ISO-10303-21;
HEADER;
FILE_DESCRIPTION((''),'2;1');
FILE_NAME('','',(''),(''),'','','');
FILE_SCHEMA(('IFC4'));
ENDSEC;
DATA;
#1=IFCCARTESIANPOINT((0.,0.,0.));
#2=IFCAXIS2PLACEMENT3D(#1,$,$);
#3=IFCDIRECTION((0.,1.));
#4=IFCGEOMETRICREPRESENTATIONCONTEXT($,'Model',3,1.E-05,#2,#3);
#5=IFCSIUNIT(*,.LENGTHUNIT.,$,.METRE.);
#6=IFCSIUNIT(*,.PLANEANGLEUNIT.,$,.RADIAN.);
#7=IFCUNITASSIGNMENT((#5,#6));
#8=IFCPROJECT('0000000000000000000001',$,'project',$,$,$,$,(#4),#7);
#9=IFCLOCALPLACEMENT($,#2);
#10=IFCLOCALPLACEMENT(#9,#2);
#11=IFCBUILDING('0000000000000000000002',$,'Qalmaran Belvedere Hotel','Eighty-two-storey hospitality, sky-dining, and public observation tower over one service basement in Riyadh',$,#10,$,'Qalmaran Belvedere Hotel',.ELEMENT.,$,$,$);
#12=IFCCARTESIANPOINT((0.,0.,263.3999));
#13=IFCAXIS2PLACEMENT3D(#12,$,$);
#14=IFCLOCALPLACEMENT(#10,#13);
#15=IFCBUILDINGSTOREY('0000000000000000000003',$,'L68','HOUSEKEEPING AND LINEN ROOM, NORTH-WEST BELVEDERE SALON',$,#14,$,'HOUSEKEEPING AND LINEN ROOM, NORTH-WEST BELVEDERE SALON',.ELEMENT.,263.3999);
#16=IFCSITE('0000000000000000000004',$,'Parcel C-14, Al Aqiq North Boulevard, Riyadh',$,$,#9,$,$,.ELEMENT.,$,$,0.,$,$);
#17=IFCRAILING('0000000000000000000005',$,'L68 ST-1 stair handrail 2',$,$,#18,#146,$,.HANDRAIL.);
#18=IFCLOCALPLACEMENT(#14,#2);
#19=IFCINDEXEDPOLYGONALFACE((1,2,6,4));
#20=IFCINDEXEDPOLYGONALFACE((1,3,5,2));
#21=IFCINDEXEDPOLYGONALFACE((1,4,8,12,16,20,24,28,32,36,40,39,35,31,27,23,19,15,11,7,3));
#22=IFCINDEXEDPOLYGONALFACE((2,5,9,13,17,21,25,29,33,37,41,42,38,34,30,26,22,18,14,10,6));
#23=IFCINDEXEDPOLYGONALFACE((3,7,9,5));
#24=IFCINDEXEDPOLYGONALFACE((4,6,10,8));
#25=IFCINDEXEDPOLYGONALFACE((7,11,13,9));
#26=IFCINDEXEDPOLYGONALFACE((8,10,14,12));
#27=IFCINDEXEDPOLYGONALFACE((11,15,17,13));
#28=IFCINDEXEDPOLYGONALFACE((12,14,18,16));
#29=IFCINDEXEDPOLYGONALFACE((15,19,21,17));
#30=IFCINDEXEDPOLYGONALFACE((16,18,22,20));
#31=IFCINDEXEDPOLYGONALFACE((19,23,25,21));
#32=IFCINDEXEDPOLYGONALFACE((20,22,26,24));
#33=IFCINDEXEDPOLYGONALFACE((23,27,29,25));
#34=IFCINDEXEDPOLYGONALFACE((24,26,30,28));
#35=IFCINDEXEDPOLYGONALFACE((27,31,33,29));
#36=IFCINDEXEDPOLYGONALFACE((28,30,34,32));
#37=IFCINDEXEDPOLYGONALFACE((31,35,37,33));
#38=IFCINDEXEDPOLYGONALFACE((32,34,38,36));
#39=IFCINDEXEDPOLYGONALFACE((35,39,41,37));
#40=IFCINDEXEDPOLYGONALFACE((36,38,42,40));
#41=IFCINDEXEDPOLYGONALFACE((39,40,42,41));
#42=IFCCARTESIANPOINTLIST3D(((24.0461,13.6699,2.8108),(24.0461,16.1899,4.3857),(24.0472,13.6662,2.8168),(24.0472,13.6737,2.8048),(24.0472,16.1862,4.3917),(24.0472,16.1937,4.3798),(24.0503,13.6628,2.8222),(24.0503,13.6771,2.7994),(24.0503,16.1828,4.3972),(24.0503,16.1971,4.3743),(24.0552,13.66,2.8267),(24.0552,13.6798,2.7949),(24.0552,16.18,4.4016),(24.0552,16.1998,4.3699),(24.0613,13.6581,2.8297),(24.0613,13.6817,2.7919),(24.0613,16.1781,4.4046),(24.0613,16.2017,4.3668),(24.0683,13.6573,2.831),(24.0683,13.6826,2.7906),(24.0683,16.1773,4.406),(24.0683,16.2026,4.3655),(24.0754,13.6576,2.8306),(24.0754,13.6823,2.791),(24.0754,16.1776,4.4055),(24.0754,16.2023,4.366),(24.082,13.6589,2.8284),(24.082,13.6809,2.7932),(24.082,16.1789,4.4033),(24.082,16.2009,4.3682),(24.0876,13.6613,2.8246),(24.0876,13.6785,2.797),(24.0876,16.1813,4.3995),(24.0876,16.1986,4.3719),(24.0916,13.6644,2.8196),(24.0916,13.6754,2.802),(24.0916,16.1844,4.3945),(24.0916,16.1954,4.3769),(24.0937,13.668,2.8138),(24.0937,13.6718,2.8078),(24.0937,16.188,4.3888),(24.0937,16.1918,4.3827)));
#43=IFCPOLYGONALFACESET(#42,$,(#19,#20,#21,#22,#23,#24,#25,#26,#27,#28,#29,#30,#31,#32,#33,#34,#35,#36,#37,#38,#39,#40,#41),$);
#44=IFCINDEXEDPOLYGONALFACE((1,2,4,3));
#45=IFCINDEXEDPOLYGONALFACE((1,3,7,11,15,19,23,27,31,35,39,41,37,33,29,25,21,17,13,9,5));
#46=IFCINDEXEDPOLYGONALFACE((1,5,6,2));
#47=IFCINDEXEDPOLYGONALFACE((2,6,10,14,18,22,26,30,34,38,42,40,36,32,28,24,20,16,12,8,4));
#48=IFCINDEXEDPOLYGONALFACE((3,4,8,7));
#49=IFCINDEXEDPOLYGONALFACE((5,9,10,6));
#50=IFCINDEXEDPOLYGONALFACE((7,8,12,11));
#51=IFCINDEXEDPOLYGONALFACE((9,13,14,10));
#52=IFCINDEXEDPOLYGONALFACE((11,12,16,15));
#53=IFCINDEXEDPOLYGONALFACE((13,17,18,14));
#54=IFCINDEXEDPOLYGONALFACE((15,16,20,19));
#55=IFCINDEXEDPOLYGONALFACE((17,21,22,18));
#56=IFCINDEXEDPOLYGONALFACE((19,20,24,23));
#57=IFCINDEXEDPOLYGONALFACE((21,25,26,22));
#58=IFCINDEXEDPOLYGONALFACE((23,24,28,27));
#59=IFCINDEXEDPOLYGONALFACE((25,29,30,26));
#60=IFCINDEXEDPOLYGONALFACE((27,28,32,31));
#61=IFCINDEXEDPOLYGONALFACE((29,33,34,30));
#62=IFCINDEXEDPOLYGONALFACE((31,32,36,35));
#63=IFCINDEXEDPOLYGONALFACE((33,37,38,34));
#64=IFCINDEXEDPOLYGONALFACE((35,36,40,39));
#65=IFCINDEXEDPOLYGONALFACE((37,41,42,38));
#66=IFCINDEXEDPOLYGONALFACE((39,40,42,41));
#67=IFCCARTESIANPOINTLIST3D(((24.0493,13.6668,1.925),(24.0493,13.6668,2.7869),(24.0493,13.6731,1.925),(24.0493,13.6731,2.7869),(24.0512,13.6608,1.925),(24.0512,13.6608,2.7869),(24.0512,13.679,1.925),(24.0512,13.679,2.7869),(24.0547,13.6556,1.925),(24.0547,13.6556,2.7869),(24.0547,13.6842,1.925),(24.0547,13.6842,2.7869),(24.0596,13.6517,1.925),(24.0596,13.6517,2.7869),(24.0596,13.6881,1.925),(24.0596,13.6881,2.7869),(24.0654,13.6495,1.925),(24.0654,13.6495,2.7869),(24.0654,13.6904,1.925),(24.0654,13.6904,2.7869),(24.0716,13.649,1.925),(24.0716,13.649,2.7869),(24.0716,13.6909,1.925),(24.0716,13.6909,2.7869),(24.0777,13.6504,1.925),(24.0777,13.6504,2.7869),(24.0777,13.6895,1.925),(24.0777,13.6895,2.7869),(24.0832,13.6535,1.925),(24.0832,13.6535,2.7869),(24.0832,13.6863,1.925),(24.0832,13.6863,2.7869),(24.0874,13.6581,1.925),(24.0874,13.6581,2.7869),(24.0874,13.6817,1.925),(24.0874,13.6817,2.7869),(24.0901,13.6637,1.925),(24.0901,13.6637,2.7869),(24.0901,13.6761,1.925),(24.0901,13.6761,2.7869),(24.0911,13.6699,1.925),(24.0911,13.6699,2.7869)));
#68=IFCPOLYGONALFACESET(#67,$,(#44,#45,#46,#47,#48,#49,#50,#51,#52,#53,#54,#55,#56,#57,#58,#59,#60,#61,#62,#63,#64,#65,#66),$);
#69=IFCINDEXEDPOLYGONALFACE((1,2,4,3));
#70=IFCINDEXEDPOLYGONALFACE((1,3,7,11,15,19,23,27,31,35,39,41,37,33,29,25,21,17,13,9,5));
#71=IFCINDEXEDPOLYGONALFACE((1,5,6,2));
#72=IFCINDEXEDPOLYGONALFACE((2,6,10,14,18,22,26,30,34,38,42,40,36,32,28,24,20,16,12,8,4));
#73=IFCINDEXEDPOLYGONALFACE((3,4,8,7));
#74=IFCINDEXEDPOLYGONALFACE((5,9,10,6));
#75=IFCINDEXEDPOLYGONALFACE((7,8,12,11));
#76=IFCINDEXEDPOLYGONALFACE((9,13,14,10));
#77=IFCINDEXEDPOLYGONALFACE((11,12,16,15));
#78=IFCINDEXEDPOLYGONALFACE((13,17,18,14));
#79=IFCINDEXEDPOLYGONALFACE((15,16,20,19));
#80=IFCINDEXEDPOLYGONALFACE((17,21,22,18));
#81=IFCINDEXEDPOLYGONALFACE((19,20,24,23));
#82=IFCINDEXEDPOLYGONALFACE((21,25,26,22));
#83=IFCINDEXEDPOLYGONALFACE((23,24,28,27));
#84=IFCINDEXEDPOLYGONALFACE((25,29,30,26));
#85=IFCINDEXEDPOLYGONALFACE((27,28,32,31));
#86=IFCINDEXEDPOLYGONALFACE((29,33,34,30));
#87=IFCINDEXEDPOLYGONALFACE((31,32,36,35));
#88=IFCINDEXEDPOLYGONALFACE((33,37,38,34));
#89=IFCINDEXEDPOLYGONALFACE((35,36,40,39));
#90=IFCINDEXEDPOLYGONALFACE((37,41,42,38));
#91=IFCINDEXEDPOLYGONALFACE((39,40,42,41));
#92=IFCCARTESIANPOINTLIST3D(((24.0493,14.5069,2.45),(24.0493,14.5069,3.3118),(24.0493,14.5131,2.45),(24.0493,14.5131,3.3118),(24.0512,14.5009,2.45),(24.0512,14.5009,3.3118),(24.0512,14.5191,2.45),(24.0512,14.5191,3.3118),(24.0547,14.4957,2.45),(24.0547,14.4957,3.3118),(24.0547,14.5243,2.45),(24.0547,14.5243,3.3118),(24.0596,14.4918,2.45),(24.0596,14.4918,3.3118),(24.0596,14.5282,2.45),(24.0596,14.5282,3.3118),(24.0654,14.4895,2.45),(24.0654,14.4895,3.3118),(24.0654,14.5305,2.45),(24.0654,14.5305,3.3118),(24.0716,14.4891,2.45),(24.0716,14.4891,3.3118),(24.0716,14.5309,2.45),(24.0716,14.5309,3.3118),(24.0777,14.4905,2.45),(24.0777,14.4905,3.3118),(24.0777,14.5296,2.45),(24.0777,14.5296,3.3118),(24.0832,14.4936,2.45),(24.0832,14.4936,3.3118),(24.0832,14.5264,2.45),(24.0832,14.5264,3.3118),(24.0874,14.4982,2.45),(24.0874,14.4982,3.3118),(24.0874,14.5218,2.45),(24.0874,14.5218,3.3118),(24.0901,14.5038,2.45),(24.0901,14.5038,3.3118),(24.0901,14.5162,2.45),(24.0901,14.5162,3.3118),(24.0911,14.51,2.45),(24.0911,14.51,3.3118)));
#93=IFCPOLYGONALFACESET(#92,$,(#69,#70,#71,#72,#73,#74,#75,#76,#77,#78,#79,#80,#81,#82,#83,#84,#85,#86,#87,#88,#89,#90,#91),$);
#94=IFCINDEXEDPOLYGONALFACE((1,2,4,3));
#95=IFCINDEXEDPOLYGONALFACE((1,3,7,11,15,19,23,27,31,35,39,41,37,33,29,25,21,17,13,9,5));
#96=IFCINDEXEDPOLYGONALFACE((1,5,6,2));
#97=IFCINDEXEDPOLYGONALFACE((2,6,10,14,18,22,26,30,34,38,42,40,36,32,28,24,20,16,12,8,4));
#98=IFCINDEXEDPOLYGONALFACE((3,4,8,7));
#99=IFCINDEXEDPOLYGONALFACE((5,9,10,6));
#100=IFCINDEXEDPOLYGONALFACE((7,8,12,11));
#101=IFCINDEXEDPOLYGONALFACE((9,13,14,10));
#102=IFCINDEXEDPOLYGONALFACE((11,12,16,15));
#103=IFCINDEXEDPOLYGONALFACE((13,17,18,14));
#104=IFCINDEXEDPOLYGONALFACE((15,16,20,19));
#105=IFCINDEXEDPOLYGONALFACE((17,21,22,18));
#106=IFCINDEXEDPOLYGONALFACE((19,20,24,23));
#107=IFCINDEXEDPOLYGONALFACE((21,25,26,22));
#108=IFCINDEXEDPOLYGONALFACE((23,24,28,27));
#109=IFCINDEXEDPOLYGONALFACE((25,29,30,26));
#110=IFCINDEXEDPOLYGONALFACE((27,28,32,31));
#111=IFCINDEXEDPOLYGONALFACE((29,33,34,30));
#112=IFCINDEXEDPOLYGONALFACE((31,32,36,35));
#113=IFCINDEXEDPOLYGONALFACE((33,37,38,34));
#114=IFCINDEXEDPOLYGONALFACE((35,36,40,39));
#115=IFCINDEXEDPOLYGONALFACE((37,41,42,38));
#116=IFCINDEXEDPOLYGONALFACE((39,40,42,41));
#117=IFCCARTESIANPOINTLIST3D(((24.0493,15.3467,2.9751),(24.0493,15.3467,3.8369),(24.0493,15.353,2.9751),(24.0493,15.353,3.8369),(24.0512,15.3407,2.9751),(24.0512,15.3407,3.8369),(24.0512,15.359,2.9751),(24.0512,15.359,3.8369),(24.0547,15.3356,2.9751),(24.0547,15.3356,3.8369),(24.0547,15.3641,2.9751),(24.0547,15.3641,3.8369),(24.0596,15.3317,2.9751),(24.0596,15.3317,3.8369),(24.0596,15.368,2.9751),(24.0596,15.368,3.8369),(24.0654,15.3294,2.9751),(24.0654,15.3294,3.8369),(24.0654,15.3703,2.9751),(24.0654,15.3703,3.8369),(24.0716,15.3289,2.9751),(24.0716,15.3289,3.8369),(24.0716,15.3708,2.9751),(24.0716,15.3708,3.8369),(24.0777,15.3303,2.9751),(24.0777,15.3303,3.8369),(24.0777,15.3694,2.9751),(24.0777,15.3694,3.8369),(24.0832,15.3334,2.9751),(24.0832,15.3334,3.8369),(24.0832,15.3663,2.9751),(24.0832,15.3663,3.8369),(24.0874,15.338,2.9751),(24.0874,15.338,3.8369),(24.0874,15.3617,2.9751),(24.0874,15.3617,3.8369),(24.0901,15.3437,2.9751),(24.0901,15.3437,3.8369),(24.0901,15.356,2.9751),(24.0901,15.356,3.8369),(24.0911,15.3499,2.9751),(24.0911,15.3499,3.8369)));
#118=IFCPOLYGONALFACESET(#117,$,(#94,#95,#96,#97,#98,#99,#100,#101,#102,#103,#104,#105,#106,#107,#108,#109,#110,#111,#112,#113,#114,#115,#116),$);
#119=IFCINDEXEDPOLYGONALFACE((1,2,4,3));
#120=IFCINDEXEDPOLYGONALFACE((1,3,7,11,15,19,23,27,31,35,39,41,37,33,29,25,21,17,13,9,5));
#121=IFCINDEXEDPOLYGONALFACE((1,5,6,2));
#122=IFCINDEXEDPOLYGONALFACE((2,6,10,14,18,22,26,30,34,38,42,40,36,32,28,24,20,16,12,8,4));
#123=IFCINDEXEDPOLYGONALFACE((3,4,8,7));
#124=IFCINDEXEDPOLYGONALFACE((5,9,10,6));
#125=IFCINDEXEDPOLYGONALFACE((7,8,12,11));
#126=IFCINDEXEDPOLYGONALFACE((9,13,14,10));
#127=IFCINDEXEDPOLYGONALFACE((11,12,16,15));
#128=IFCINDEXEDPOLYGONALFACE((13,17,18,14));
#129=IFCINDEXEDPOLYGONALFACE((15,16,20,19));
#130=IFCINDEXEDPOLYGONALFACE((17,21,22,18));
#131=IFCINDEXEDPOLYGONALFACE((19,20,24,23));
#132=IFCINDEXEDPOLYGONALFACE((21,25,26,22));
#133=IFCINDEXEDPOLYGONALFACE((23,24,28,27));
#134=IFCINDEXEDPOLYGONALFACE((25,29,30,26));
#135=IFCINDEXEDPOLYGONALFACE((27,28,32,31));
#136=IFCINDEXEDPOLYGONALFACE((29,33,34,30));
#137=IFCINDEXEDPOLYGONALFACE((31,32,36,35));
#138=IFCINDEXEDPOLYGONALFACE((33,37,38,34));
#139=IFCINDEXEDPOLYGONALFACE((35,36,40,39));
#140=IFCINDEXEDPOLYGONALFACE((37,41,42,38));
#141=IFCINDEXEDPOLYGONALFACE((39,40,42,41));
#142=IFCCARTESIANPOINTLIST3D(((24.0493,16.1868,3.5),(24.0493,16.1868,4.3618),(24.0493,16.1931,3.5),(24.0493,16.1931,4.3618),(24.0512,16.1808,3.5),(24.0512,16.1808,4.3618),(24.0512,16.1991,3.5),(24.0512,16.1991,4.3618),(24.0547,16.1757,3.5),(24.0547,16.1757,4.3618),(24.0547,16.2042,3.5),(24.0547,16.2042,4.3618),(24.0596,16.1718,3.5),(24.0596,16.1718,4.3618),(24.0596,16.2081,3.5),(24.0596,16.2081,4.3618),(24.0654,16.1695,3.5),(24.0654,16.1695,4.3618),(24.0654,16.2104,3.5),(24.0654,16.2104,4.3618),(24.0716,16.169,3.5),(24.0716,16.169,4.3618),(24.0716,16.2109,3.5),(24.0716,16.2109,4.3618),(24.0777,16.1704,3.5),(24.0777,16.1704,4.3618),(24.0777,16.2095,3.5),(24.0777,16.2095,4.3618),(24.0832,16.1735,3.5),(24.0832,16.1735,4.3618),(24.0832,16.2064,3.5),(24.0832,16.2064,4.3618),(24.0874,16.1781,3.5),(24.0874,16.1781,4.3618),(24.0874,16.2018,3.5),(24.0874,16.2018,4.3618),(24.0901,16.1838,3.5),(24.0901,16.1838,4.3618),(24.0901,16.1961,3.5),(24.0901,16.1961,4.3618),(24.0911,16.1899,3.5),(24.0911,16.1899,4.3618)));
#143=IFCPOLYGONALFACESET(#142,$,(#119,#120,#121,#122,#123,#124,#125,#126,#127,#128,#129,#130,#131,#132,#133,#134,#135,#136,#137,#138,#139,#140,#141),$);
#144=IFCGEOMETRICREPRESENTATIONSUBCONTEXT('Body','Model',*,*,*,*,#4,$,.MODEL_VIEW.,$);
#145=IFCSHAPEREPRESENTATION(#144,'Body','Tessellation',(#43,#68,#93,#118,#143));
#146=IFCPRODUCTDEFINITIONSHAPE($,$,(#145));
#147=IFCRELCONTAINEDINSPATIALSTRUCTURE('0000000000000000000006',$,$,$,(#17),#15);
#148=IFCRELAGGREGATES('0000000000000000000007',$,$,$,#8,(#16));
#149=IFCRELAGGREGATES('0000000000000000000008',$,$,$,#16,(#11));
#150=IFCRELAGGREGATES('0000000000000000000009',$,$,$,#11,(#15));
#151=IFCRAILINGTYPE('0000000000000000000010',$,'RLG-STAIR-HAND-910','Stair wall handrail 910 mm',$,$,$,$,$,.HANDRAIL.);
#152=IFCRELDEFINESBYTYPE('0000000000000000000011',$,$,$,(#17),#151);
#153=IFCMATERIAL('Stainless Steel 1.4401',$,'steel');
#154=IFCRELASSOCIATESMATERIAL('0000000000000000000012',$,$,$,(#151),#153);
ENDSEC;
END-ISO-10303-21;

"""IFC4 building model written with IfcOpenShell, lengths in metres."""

from ifc_helpers import new_model, si_unit, direction, frame, origin, origin_2d, place, context, subcontext, project, spatial, circle, extrude, material, type_object, element, save


model = new_model("IFC4")

# Units and contexts
model_context = context("Model", 3, precision=1e-05, world=origin(), true_north=direction((0.0, 1.0)))
body_context = subcontext(model_context, "Body", "Model", "MODEL_VIEW")
ifc_project = project(units=[si_unit("LENGTHUNIT", "METRE"), si_unit("PLANEANGLEUNIT", "RADIAN")], contexts=[model_context])

# Site, building, storey
site_placement = place(None, origin())
site = spatial("IfcSite", under=ifc_project, at=site_placement, Name="Parcel C-14, Al Aqiq North Boulevard, Riyadh", CompositionType="ELEMENT", RefElevation=0.0)
building_placement = place(site_placement, origin())
building = spatial("IfcBuilding", under=site, at=building_placement, Name="Qalmaran Belvedere Hotel", Description="Eighty-two-storey hospitality, sky-dining, and public observation tower over one service basement in Riyadh", LongName="Qalmaran Belvedere Hotel", CompositionType="ELEMENT")
storey_placement = place(building_placement, frame((0.0, 0.0, 263.3999)))
storey = spatial("IfcBuildingStorey", under=building, at=storey_placement, Name="L68", Description="HOUSEKEEPING AND LINEN ROOM, NORTH-WEST BELVEDERE SALON", LongName="HOUSEKEEPING AND LINEN ROOM, NORTH-WEST BELVEDERE SALON", CompositionType="ELEMENT", Elevation=263.3999)

# Railing
ifc_material_1 = material(Name="Stainless Steel 1.4401", Category="steel")
railing_type_1 = type_object("IfcRailingType", Name="RLG-STAIR-HAND-910", Description="Stair wall handrail 910 mm", PredefinedType="HANDRAIL", material=ifc_material_1)
railing_1_placement = place(storey_placement, frame((24.0701, 13.6699, 1.925)))
element("IfcRailing", 1, at=railing_1_placement, inside=storey, type_object=railing_type_1, Name="L68 ST-1 stair handrail 2", PredefinedType="HANDRAIL", context=body_context, shape_type="SweptSolid", body=[
    extrude(circle(Radius=0.0239, at=origin_2d()), frame((0.0, 0.0, 0.8857), z_axis=(0.0, 0.848008, 0.529984), x_axis=(-1.0, 0.0, 0.0)), (0.0, 0.0, 1.0), 2.9717),
    extrude(circle(Radius=0.021, at=origin_2d()), origin(), (0.0, 0.0, 1.0), 0.8618),
    extrude(circle(Radius=0.021, at=origin_2d()), frame((0.0, 0.8401, 0.5249)), (0.0, 0.0, 1.0), 0.8618),
    extrude(circle(Radius=0.021, at=origin_2d()), frame((0.0, 1.6799, 1.05)), (0.0, 0.0, 1.0), 0.8618),
    extrude(circle(Radius=0.021, at=origin_2d()), frame((0.0, 2.52, 1.575)), (0.0, 0.0, 1.0), 0.8618),
])

save(model, "model.ifc")
